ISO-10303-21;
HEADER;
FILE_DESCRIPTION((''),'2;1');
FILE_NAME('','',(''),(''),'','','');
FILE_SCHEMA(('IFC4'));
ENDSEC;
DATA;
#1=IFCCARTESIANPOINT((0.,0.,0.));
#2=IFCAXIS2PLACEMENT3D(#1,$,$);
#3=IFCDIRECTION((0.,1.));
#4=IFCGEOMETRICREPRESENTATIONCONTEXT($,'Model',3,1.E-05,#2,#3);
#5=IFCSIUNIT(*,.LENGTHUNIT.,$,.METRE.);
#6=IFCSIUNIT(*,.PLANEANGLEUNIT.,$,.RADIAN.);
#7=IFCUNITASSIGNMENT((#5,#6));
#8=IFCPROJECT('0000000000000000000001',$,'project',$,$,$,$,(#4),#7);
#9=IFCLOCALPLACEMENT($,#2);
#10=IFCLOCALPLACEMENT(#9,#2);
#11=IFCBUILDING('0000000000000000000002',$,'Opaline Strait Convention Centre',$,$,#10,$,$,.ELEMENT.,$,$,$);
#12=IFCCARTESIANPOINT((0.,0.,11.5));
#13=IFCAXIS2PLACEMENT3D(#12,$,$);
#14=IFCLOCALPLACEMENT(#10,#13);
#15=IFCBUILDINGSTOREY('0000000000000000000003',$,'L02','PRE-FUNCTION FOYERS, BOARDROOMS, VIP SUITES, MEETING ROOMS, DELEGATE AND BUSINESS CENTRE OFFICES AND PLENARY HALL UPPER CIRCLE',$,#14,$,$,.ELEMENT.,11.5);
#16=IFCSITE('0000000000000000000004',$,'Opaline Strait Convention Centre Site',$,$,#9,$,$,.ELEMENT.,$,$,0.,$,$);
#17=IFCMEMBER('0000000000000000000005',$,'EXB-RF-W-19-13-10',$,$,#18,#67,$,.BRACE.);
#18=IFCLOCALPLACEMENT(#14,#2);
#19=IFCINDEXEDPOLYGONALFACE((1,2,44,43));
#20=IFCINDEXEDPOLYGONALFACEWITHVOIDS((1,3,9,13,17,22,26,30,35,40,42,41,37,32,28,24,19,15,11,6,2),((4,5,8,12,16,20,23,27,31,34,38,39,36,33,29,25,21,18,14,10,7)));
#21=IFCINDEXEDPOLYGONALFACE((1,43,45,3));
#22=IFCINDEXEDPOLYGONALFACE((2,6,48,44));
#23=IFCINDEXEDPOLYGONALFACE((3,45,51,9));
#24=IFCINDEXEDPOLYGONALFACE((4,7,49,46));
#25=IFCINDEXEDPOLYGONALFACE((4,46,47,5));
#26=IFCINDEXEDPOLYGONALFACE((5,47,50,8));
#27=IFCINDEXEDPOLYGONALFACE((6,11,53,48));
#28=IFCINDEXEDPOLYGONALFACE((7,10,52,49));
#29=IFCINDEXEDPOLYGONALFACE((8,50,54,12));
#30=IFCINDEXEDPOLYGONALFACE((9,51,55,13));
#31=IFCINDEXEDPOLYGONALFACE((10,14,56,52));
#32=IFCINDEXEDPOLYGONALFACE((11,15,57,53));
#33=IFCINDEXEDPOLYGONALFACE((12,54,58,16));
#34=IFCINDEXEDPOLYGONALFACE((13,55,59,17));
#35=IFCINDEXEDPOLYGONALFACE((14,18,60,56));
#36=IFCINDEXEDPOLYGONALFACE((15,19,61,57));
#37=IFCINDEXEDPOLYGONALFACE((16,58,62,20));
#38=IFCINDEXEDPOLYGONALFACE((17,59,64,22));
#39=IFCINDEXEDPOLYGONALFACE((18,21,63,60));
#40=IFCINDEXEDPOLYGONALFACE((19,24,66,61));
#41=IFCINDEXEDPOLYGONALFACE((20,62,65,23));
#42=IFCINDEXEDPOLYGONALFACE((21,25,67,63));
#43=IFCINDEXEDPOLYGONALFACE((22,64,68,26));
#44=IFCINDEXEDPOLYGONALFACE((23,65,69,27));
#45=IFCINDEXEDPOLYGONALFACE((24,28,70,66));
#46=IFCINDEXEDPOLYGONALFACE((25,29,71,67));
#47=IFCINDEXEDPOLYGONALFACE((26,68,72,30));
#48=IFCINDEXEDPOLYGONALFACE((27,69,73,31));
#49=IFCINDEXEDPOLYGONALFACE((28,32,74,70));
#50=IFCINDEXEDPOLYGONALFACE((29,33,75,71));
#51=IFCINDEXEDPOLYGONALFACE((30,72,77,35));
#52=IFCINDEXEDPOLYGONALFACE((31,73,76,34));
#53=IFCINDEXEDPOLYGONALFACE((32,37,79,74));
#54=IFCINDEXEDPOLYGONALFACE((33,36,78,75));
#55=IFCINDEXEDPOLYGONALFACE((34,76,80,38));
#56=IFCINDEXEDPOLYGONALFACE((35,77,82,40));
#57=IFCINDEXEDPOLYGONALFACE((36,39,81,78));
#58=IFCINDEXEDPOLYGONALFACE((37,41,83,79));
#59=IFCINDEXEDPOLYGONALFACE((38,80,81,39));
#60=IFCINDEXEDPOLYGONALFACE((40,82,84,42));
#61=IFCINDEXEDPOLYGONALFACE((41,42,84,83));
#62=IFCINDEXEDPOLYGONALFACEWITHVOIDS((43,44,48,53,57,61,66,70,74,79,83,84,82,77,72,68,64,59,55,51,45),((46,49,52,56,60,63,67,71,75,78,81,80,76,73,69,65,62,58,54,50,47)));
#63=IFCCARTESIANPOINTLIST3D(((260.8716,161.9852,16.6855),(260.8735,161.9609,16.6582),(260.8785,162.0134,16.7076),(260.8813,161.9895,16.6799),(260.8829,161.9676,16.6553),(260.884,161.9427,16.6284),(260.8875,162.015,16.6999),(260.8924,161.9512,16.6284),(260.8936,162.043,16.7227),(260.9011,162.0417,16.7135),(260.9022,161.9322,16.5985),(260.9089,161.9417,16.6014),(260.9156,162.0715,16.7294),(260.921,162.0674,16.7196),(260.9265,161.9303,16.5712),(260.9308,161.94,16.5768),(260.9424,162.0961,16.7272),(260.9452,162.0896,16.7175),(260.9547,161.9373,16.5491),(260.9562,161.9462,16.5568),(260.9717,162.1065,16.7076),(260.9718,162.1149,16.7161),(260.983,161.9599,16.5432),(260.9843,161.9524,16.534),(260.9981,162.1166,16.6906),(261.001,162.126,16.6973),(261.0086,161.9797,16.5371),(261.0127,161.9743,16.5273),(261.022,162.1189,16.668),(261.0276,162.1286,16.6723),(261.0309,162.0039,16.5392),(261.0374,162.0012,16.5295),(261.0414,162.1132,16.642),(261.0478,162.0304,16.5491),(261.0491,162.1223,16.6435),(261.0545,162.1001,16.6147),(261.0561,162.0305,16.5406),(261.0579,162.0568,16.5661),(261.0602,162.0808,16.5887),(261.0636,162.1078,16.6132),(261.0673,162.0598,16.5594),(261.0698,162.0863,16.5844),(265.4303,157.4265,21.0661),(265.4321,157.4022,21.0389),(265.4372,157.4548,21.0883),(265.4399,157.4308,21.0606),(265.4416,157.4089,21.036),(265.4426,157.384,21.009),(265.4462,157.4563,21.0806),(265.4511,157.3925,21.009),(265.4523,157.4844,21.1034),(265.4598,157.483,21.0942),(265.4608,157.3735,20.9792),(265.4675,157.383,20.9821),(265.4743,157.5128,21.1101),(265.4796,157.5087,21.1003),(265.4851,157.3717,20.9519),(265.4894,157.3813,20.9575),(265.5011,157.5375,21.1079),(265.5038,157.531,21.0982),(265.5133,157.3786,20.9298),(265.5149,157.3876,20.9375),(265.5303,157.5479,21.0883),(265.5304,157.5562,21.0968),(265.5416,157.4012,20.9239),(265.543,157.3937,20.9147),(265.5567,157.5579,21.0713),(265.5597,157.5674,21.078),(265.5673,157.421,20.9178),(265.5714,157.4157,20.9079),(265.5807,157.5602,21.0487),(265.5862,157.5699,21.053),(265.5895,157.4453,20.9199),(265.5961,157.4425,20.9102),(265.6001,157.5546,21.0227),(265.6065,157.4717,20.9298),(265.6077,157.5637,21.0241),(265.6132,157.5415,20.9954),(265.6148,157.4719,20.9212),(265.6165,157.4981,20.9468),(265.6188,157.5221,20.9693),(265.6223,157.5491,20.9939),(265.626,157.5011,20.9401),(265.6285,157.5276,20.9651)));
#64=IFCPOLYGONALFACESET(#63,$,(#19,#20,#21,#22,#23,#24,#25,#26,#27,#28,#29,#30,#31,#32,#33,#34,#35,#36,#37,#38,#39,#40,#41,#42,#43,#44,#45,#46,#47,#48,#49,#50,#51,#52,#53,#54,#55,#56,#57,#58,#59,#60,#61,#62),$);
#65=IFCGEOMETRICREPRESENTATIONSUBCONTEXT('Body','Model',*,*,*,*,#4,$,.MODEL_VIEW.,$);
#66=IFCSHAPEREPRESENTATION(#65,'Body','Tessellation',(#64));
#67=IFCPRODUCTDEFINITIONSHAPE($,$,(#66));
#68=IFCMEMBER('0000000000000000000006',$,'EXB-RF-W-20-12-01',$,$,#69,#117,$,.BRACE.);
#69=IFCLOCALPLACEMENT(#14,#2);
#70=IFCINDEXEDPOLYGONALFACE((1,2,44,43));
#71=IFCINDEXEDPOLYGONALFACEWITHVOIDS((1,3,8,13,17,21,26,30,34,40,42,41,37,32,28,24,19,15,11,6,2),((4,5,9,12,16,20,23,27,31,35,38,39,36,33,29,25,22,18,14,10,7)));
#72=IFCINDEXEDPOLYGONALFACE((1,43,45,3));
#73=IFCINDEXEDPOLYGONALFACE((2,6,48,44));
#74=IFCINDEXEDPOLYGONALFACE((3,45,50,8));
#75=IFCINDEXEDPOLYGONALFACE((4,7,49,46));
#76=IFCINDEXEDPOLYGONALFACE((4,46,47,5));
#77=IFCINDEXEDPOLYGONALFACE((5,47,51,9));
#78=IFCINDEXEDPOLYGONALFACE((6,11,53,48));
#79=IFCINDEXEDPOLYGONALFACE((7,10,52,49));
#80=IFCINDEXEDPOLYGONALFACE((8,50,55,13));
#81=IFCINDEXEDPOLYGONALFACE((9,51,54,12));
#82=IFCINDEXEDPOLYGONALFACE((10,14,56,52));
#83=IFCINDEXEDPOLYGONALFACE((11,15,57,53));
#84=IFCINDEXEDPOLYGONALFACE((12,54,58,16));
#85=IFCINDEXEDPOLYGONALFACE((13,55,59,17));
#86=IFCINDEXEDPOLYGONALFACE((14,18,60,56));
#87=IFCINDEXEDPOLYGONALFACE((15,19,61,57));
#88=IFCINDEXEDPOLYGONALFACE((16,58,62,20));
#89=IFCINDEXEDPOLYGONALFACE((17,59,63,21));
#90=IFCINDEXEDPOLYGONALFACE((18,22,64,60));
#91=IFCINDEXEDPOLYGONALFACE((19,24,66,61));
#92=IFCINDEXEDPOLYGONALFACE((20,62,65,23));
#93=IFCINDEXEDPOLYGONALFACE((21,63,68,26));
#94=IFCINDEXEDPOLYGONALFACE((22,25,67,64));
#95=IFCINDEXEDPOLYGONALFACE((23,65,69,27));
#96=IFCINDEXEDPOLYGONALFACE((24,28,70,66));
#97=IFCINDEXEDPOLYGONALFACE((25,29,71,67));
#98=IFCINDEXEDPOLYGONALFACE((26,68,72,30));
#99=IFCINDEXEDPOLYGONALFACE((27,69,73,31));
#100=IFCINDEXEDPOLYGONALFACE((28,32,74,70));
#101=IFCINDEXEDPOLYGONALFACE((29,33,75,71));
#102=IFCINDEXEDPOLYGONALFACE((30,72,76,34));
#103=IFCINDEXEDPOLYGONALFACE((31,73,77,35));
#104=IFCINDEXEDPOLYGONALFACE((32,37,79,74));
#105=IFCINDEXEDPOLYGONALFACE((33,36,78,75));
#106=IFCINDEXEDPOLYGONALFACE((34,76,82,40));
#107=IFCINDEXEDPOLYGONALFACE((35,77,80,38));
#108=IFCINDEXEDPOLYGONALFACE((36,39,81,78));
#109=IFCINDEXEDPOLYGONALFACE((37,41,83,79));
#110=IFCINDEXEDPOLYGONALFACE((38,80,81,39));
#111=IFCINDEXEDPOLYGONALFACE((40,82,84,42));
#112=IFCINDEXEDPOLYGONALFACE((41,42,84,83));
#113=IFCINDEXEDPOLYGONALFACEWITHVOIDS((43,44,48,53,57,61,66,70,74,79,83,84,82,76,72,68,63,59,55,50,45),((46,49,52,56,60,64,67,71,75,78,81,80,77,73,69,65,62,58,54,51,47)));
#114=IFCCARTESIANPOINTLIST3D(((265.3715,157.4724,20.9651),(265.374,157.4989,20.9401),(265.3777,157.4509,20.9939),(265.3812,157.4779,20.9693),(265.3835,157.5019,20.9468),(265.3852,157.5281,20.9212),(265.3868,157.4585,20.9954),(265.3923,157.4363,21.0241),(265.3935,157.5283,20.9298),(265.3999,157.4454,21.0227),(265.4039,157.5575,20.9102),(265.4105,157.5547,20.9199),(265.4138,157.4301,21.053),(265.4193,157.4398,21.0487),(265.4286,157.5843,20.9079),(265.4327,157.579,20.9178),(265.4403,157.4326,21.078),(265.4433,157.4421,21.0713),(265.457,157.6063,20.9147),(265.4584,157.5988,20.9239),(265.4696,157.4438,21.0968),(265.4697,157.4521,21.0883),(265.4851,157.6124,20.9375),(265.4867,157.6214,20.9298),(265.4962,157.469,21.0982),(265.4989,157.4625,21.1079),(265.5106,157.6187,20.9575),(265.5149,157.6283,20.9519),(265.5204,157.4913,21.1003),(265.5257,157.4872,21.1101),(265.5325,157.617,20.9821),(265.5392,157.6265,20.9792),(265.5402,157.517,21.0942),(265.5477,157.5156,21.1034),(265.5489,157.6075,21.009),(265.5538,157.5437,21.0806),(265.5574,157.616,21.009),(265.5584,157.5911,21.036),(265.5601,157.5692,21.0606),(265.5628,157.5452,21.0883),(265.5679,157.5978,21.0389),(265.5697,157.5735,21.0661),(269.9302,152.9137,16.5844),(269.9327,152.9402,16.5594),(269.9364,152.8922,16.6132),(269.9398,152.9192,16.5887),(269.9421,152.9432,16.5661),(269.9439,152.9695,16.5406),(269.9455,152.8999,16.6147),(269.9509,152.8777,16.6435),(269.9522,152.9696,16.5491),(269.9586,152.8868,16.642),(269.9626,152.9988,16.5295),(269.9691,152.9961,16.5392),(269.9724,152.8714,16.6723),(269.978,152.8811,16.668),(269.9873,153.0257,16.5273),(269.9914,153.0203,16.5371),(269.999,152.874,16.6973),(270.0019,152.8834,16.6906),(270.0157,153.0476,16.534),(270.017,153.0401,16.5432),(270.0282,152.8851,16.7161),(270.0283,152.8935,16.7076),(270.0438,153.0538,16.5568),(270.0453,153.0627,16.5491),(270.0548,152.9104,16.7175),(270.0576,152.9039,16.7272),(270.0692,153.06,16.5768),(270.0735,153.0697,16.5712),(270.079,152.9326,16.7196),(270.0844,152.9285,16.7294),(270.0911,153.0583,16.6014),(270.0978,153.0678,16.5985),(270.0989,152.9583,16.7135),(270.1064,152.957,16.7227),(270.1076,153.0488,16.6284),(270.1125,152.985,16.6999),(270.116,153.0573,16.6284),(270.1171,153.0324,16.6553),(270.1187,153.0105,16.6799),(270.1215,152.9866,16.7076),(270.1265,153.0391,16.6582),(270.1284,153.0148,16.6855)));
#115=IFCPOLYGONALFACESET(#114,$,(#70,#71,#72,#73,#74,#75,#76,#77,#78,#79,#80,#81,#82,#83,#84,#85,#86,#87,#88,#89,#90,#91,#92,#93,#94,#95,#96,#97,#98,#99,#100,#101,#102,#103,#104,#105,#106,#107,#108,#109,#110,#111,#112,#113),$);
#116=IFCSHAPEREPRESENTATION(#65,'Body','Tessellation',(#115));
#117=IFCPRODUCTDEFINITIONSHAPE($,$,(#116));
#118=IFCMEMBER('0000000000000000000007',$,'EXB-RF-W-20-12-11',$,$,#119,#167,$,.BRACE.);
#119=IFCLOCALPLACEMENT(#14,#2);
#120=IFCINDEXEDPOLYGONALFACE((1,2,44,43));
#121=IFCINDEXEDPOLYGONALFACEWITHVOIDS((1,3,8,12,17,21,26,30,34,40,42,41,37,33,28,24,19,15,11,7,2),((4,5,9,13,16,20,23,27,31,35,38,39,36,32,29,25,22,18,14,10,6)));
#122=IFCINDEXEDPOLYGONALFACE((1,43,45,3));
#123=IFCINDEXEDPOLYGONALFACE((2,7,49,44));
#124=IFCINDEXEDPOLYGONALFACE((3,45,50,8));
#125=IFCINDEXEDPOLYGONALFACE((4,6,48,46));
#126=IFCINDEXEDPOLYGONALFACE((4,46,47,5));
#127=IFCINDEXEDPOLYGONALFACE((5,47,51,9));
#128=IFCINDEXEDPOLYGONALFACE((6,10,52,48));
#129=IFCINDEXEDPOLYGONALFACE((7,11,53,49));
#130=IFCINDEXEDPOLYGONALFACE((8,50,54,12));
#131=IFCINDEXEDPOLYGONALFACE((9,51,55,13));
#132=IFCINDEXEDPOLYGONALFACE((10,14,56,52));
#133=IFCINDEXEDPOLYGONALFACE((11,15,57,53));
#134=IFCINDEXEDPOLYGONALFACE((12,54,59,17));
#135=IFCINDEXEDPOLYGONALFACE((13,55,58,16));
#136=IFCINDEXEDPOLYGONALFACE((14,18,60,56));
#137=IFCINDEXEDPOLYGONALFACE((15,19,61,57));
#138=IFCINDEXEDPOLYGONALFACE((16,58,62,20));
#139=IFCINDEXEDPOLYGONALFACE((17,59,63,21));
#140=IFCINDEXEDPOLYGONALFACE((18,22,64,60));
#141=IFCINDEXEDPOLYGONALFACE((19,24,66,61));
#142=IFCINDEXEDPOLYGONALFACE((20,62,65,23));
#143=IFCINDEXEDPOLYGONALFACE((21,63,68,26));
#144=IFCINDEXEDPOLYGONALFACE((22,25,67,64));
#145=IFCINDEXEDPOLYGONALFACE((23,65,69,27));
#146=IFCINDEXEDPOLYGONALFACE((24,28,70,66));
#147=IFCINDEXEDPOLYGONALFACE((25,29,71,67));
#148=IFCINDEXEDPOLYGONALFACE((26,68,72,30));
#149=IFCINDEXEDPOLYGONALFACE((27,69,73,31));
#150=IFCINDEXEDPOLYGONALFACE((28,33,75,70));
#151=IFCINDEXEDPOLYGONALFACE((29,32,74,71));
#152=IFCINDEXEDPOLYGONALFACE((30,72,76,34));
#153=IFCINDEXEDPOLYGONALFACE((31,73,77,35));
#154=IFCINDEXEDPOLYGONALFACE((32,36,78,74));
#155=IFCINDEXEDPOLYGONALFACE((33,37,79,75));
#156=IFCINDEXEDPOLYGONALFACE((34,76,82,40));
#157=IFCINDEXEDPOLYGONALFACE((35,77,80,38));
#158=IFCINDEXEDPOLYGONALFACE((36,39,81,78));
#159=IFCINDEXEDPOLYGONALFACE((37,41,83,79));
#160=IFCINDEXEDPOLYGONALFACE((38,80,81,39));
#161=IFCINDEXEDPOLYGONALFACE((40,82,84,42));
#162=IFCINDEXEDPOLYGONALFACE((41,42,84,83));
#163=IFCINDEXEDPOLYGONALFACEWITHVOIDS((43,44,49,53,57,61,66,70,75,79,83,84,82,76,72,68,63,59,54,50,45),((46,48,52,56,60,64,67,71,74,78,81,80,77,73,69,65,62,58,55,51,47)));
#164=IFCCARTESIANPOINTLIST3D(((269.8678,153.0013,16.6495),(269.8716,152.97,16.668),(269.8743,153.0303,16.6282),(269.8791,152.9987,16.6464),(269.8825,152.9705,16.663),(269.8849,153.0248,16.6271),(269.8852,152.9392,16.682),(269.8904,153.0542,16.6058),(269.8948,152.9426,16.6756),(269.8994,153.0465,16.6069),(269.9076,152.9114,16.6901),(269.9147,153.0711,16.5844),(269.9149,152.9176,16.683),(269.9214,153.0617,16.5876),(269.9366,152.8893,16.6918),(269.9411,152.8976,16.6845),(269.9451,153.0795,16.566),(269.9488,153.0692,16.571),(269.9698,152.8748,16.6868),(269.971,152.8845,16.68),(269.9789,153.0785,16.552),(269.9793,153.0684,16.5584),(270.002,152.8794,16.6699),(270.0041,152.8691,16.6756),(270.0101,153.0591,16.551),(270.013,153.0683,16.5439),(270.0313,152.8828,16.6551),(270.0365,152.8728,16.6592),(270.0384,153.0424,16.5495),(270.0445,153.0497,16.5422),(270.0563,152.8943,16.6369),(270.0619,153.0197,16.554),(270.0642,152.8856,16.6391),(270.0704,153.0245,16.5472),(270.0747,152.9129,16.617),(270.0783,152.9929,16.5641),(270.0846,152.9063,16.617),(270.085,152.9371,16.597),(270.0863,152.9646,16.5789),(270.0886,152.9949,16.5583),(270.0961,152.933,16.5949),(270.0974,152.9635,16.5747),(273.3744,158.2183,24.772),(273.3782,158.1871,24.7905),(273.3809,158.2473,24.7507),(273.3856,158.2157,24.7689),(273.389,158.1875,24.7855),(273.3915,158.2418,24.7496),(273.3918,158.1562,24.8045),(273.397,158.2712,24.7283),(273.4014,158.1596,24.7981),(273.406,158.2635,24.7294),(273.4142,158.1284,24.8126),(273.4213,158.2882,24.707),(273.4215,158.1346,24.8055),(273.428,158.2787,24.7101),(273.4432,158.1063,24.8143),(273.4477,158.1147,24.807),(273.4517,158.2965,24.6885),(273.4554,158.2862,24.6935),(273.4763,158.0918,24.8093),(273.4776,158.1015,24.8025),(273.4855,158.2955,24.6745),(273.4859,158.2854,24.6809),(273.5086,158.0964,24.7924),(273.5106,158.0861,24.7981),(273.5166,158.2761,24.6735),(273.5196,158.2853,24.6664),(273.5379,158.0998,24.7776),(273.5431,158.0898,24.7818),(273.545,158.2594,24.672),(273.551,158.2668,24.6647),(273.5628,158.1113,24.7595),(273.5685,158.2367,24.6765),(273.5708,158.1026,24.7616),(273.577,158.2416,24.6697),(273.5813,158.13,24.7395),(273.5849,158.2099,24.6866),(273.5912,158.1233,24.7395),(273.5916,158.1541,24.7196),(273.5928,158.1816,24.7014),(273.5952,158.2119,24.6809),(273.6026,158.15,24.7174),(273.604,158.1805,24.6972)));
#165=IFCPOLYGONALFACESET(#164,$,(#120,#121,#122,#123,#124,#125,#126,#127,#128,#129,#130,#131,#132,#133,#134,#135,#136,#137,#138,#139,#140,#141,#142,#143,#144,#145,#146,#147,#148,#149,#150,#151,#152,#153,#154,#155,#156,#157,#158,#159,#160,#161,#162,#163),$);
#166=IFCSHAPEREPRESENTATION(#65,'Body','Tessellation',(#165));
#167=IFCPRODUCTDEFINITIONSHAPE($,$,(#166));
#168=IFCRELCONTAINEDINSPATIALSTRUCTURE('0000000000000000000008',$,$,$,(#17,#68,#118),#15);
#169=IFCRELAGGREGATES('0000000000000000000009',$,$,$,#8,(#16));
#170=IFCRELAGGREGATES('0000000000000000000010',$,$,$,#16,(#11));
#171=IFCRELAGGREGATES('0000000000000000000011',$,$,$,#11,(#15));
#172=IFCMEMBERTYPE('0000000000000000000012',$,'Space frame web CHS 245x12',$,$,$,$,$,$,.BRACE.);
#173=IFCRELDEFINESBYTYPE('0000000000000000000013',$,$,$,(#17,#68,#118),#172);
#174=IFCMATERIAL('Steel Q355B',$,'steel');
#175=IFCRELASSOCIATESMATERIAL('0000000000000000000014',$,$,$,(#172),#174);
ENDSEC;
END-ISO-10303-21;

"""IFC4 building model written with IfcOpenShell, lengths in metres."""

from ifc_helpers import new_model, si_unit, direction, frame, origin, origin_2d, place, context, subcontext, project, spatial, hollow_circle, extrude, material, material_profile, profile_set, type_object, element, save


model = new_model("IFC4")

# Units and contexts
model_context = context("Model", 3, precision=1e-05, world=origin(), true_north=direction((0.0, 1.0)))
body_context = subcontext(model_context, "Body", "Model", "MODEL_VIEW")
ifc_project = project(units=[si_unit("LENGTHUNIT", "METRE"), si_unit("PLANEANGLEUNIT", "RADIAN")], contexts=[model_context])

# Site, building, storey
site_placement = place(None, origin())
site = spatial("IfcSite", under=ifc_project, at=site_placement, Name="Opaline Strait Convention Centre Site", CompositionType="ELEMENT", RefElevation=0.0)
building_placement = place(site_placement, origin())
building = spatial("IfcBuilding", under=site, at=building_placement, Name="Opaline Strait Convention Centre", CompositionType="ELEMENT")
storey_placement = place(building_placement, frame((0.0, 0.0, 11.5)))
storey = spatial("IfcBuildingStorey", under=building, at=storey_placement, Name="L02", Description="PRE-FUNCTION FOYERS, BOARDROOMS, VIP SUITES, MEETING ROOMS, DELEGATE AND BUSINESS CENTRE OFFICES AND PLENARY HALL UPPER CIRCLE", CompositionType="ELEMENT", Elevation=11.5)

# Members
ifc_material_1 = material(Name="Steel Q355B", Category="steel")
ifc_material_profile_1 = material_profile(ifc_material_1, hollow_circle(Radius=0.1226, WallThickness=0.012, at=origin_2d()), Name="CHS 245x12")
ifc_profile_set_1 = profile_set([ifc_material_profile_1], Name="Steel Q355B")
member_type_1 = type_object("IfcMemberType", Name="Space frame web CHS 245x12", PredefinedType="BRACE", material=ifc_profile_set_1)
for number, where, z_axis, x_axis, name in (
    (1, (265.5293, 157.4707, 21.009), (-0.584861, 0.584861, -0.562027), (-0.707107, -0.707107, 0.0), "EXB-RF-W-19-13-10"),
    (2, (265.4707, 157.5293, 21.009), (0.584861, -0.584861, -0.562027), (0.707107, 0.707107, 0.0), "EXB-RF-W-20-12-01"),
):
    element("IfcMember", number, at=place(storey_placement, frame(where, z_axis=z_axis, x_axis=x_axis)), inside=storey, type_object=member_type_1, Name=name, PredefinedType="BRACE", context=body_context, shape_type="SweptSolid", body=[
        extrude(hollow_circle(Radius=0.1226, WallThickness=0.012, at=origin_2d()), origin(), (0.0, 0.0, 1.0), 7.7944),
    ])
member_1_placement = place(storey_placement, frame((273.4895, 158.1917, 24.7395), z_axis=(-0.341413, -0.507948, -0.790839), x_axis=(0.829947, -0.557842, 0.0)))
element("IfcMember", 3, at=member_1_placement, inside=storey, type_object=member_type_1, Name="EXB-RF-W-20-12-11", PredefinedType="BRACE", context=body_context, shape_type="SweptSolid", body=[
    extrude(hollow_circle(Radius=0.1226, WallThickness=0.012, at=origin_2d()), origin(), (0.0, 0.0, 1.0), 10.2708),
])

save(model, "model.ifc")
